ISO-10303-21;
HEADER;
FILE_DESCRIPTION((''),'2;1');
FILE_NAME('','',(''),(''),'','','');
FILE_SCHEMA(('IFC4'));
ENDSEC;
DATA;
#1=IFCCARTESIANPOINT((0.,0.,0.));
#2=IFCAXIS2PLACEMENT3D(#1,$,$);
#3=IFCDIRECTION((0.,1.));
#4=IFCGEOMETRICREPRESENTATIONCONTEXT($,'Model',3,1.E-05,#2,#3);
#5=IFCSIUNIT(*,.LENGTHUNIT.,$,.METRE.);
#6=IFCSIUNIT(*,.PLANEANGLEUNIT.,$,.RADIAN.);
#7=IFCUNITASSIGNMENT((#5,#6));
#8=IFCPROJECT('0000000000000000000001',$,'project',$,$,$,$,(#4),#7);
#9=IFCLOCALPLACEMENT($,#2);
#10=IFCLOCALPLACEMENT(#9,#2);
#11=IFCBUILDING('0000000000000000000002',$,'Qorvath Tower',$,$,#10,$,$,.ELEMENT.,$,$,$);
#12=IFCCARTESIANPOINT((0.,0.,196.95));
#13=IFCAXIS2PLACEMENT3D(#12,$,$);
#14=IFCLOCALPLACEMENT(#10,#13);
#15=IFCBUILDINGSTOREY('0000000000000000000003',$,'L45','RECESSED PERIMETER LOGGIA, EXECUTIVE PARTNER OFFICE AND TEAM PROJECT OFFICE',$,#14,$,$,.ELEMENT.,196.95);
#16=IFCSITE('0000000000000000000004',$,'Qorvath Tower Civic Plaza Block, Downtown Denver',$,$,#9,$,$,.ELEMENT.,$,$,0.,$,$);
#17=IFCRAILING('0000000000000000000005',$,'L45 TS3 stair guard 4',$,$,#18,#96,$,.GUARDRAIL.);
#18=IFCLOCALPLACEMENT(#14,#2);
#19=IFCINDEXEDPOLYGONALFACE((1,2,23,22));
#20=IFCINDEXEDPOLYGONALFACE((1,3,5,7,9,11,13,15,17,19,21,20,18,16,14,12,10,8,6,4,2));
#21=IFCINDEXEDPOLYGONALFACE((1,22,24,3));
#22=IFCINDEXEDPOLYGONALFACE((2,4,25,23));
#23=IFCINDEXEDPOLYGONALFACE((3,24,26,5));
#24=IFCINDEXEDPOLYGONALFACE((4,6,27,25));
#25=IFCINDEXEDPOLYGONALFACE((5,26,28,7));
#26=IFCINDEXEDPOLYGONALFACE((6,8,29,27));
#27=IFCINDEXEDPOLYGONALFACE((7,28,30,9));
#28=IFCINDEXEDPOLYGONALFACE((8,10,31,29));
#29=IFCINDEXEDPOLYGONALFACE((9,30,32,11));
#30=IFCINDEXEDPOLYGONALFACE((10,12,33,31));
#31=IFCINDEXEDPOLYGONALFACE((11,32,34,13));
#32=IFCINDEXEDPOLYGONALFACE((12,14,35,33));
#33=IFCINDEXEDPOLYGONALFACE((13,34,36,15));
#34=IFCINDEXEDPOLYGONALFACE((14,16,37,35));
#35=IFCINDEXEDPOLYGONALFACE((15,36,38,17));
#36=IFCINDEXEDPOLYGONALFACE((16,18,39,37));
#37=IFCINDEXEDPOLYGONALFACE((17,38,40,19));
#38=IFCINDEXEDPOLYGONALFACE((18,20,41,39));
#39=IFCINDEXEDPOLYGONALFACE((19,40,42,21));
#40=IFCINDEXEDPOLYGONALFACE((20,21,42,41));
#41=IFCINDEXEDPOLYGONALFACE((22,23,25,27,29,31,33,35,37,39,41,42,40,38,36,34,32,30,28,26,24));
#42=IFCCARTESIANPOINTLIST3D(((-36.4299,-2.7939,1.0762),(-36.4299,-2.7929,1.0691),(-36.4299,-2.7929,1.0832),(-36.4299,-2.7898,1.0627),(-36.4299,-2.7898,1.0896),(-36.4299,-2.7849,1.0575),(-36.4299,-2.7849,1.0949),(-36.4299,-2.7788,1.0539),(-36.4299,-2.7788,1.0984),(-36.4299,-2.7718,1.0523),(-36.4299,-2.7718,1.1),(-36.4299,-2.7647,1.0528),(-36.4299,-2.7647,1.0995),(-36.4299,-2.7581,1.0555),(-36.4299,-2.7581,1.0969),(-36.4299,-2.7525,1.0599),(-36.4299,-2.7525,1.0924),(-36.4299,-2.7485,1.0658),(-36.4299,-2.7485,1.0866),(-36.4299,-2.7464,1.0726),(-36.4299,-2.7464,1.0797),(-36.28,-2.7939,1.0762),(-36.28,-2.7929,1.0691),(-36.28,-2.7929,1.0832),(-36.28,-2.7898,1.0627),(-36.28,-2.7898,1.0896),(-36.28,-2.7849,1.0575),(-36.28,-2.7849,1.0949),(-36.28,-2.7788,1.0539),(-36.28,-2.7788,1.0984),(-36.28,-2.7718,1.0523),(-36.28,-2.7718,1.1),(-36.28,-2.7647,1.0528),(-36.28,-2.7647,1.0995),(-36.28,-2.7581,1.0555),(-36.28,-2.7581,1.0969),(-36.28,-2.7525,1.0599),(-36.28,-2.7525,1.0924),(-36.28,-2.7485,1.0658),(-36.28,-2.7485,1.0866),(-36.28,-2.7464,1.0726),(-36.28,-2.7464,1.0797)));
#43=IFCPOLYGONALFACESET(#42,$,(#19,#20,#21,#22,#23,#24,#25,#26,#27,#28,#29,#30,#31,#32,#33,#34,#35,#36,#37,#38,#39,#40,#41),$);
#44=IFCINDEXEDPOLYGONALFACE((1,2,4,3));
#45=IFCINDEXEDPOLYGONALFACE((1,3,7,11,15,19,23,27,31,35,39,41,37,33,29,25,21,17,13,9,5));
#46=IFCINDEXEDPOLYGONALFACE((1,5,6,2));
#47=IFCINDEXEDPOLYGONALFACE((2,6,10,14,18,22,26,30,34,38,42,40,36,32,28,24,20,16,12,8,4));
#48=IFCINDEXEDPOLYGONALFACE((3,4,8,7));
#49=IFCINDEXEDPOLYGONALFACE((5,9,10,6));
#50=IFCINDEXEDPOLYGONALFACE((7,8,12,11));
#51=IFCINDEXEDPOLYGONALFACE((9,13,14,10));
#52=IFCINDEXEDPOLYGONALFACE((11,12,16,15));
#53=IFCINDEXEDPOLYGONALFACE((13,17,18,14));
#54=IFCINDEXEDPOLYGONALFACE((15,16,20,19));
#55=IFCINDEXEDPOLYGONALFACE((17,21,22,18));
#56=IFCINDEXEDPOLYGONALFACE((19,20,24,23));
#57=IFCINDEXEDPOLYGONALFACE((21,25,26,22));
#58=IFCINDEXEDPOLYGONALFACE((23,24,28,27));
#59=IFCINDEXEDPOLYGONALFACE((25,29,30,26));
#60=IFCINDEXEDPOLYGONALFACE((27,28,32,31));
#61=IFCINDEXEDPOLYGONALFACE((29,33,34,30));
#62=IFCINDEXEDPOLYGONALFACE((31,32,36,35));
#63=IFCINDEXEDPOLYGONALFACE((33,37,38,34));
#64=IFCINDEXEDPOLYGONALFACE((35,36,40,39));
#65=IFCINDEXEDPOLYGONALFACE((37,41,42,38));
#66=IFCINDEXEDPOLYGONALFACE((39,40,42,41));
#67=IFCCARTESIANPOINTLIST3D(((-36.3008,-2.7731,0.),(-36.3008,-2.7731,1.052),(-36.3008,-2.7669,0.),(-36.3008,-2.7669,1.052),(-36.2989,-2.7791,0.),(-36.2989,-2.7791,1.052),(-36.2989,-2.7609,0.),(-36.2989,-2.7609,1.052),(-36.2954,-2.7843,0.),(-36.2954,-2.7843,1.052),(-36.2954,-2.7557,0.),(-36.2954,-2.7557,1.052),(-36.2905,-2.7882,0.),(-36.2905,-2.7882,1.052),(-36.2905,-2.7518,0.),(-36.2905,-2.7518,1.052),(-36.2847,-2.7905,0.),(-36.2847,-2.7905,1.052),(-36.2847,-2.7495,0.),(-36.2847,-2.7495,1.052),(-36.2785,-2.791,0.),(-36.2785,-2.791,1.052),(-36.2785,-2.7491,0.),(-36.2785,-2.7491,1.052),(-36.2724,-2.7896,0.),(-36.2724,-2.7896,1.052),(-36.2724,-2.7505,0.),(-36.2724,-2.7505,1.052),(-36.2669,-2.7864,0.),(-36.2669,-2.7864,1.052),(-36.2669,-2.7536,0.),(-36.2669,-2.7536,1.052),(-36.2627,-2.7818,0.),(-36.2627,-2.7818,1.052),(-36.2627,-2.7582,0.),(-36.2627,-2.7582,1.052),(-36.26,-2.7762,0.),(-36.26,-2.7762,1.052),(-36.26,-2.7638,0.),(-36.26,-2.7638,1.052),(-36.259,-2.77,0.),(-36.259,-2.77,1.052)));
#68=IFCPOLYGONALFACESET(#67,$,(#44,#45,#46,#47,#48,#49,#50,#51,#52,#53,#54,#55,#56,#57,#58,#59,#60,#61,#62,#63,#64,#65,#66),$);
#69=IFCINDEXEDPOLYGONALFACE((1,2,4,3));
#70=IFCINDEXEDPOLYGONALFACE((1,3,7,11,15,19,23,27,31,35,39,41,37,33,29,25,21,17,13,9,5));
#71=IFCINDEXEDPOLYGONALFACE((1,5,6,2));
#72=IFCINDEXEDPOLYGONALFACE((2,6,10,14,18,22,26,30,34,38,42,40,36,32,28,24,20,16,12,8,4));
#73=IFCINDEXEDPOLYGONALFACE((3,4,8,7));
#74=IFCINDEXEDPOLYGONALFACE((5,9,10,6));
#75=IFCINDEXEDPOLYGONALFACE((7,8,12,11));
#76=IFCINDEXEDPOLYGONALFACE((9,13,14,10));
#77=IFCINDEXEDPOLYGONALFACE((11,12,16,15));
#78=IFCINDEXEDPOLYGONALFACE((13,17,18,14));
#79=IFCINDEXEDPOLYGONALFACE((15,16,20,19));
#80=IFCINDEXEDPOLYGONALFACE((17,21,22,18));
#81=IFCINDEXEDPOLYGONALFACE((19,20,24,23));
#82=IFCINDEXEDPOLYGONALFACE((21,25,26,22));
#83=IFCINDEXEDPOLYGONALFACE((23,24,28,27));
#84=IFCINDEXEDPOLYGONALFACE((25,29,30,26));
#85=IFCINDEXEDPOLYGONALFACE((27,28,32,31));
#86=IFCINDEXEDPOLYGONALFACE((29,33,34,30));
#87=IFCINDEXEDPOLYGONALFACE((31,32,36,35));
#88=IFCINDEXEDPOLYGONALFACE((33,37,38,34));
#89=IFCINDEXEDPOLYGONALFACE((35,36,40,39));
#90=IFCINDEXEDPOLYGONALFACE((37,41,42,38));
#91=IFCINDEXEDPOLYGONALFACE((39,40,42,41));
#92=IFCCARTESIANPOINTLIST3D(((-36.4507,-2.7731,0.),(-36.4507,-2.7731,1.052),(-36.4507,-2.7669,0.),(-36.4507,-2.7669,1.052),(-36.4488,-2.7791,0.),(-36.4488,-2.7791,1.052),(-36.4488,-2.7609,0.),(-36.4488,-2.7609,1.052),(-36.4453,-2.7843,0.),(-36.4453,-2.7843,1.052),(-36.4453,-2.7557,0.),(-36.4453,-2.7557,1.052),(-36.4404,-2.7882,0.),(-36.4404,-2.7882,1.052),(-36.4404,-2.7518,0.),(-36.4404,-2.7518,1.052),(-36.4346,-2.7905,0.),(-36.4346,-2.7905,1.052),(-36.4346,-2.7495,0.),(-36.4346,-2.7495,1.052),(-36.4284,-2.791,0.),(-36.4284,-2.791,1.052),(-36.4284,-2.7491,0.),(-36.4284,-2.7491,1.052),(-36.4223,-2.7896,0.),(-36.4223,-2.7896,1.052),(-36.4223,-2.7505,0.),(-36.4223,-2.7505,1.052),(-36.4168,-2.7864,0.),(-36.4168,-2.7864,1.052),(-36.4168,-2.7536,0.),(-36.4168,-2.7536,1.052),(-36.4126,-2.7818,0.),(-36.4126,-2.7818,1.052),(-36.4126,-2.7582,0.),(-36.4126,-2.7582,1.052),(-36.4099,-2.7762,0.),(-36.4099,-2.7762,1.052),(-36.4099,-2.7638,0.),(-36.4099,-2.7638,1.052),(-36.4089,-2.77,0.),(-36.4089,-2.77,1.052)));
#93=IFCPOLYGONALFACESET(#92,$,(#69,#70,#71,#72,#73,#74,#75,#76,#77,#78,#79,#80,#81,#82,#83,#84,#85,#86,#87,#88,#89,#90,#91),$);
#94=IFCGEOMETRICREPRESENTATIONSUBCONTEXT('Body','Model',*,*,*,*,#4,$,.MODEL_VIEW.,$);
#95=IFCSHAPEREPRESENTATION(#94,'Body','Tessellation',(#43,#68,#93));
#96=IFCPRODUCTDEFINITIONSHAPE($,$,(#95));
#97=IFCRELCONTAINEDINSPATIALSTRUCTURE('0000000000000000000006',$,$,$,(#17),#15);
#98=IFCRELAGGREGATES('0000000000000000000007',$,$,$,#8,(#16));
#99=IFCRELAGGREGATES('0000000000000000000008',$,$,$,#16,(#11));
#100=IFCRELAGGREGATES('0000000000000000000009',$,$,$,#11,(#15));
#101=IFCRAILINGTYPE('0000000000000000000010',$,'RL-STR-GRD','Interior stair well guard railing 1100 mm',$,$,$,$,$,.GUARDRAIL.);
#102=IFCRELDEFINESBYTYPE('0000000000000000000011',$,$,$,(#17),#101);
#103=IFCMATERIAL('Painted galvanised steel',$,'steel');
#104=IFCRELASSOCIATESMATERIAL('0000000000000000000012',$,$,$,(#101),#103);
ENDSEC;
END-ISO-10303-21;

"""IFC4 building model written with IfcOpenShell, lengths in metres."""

from ifc_helpers import new_model, si_unit, direction, frame, origin, origin_2d, place, context, subcontext, project, spatial, circle, extrude, material, type_object, element, save


model = new_model("IFC4")

# Units and contexts
model_context = context("Model", 3, precision=1e-05, world=origin(), true_north=direction((0.0, 1.0)))
body_context = subcontext(model_context, "Body", "Model", "MODEL_VIEW")
ifc_project = project(units=[si_unit("LENGTHUNIT", "METRE"), si_unit("PLANEANGLEUNIT", "RADIAN")], contexts=[model_context])

# Site, building, storey
site_placement = place(None, origin())
site = spatial("IfcSite", under=ifc_project, at=site_placement, Name="Qorvath Tower Civic Plaza Block, Downtown Denver", CompositionType="ELEMENT", RefElevation=0.0)
building_placement = place(site_placement, origin())
building = spatial("IfcBuilding", under=site, at=building_placement, Name="Qorvath Tower", CompositionType="ELEMENT")
storey_placement = place(building_placement, frame((0.0, 0.0, 196.95)))
storey = spatial("IfcBuildingStorey", under=building, at=storey_placement, Name="L45", Description="RECESSED PERIMETER LOGGIA, EXECUTIVE PARTNER OFFICE AND TEAM PROJECT OFFICE", CompositionType="ELEMENT", Elevation=196.95)

# Railing
ifc_material_1 = material(Name="Painted galvanised steel", Category="steel")
railing_type_1 = type_object("IfcRailingType", Name="RL-STR-GRD", Description="Interior stair well guard railing 1100 mm", PredefinedType="GUARDRAIL", material=ifc_material_1)
railing_1_placement = place(storey_placement, frame((-36.28, -2.77, 0.0)))
element("IfcRailing", 1, at=railing_1_placement, inside=storey, type_object=railing_type_1, Name="L45 TS3 stair guard 4", PredefinedType="GUARDRAIL", context=body_context, shape_type="SweptSolid", body=[
    extrude(circle(Radius=0.0239, at=origin_2d()), frame((0.0, 0.0, 1.0762), z_axis=(-1.0, 0.0, 0.0), x_axis=(0.0, -1.0, 0.0)), (0.0, 0.0, 1.0), 0.1499),
    extrude(circle(Radius=0.021, at=origin_2d()), origin(), (0.0, 0.0, 1.0), 1.052),
    extrude(circle(Radius=0.021, at=origin_2d()), frame((-0.1499, 0.0, 0.0)), (0.0, 0.0, 1.0), 1.052),
])

save(model, "model.ifc")
